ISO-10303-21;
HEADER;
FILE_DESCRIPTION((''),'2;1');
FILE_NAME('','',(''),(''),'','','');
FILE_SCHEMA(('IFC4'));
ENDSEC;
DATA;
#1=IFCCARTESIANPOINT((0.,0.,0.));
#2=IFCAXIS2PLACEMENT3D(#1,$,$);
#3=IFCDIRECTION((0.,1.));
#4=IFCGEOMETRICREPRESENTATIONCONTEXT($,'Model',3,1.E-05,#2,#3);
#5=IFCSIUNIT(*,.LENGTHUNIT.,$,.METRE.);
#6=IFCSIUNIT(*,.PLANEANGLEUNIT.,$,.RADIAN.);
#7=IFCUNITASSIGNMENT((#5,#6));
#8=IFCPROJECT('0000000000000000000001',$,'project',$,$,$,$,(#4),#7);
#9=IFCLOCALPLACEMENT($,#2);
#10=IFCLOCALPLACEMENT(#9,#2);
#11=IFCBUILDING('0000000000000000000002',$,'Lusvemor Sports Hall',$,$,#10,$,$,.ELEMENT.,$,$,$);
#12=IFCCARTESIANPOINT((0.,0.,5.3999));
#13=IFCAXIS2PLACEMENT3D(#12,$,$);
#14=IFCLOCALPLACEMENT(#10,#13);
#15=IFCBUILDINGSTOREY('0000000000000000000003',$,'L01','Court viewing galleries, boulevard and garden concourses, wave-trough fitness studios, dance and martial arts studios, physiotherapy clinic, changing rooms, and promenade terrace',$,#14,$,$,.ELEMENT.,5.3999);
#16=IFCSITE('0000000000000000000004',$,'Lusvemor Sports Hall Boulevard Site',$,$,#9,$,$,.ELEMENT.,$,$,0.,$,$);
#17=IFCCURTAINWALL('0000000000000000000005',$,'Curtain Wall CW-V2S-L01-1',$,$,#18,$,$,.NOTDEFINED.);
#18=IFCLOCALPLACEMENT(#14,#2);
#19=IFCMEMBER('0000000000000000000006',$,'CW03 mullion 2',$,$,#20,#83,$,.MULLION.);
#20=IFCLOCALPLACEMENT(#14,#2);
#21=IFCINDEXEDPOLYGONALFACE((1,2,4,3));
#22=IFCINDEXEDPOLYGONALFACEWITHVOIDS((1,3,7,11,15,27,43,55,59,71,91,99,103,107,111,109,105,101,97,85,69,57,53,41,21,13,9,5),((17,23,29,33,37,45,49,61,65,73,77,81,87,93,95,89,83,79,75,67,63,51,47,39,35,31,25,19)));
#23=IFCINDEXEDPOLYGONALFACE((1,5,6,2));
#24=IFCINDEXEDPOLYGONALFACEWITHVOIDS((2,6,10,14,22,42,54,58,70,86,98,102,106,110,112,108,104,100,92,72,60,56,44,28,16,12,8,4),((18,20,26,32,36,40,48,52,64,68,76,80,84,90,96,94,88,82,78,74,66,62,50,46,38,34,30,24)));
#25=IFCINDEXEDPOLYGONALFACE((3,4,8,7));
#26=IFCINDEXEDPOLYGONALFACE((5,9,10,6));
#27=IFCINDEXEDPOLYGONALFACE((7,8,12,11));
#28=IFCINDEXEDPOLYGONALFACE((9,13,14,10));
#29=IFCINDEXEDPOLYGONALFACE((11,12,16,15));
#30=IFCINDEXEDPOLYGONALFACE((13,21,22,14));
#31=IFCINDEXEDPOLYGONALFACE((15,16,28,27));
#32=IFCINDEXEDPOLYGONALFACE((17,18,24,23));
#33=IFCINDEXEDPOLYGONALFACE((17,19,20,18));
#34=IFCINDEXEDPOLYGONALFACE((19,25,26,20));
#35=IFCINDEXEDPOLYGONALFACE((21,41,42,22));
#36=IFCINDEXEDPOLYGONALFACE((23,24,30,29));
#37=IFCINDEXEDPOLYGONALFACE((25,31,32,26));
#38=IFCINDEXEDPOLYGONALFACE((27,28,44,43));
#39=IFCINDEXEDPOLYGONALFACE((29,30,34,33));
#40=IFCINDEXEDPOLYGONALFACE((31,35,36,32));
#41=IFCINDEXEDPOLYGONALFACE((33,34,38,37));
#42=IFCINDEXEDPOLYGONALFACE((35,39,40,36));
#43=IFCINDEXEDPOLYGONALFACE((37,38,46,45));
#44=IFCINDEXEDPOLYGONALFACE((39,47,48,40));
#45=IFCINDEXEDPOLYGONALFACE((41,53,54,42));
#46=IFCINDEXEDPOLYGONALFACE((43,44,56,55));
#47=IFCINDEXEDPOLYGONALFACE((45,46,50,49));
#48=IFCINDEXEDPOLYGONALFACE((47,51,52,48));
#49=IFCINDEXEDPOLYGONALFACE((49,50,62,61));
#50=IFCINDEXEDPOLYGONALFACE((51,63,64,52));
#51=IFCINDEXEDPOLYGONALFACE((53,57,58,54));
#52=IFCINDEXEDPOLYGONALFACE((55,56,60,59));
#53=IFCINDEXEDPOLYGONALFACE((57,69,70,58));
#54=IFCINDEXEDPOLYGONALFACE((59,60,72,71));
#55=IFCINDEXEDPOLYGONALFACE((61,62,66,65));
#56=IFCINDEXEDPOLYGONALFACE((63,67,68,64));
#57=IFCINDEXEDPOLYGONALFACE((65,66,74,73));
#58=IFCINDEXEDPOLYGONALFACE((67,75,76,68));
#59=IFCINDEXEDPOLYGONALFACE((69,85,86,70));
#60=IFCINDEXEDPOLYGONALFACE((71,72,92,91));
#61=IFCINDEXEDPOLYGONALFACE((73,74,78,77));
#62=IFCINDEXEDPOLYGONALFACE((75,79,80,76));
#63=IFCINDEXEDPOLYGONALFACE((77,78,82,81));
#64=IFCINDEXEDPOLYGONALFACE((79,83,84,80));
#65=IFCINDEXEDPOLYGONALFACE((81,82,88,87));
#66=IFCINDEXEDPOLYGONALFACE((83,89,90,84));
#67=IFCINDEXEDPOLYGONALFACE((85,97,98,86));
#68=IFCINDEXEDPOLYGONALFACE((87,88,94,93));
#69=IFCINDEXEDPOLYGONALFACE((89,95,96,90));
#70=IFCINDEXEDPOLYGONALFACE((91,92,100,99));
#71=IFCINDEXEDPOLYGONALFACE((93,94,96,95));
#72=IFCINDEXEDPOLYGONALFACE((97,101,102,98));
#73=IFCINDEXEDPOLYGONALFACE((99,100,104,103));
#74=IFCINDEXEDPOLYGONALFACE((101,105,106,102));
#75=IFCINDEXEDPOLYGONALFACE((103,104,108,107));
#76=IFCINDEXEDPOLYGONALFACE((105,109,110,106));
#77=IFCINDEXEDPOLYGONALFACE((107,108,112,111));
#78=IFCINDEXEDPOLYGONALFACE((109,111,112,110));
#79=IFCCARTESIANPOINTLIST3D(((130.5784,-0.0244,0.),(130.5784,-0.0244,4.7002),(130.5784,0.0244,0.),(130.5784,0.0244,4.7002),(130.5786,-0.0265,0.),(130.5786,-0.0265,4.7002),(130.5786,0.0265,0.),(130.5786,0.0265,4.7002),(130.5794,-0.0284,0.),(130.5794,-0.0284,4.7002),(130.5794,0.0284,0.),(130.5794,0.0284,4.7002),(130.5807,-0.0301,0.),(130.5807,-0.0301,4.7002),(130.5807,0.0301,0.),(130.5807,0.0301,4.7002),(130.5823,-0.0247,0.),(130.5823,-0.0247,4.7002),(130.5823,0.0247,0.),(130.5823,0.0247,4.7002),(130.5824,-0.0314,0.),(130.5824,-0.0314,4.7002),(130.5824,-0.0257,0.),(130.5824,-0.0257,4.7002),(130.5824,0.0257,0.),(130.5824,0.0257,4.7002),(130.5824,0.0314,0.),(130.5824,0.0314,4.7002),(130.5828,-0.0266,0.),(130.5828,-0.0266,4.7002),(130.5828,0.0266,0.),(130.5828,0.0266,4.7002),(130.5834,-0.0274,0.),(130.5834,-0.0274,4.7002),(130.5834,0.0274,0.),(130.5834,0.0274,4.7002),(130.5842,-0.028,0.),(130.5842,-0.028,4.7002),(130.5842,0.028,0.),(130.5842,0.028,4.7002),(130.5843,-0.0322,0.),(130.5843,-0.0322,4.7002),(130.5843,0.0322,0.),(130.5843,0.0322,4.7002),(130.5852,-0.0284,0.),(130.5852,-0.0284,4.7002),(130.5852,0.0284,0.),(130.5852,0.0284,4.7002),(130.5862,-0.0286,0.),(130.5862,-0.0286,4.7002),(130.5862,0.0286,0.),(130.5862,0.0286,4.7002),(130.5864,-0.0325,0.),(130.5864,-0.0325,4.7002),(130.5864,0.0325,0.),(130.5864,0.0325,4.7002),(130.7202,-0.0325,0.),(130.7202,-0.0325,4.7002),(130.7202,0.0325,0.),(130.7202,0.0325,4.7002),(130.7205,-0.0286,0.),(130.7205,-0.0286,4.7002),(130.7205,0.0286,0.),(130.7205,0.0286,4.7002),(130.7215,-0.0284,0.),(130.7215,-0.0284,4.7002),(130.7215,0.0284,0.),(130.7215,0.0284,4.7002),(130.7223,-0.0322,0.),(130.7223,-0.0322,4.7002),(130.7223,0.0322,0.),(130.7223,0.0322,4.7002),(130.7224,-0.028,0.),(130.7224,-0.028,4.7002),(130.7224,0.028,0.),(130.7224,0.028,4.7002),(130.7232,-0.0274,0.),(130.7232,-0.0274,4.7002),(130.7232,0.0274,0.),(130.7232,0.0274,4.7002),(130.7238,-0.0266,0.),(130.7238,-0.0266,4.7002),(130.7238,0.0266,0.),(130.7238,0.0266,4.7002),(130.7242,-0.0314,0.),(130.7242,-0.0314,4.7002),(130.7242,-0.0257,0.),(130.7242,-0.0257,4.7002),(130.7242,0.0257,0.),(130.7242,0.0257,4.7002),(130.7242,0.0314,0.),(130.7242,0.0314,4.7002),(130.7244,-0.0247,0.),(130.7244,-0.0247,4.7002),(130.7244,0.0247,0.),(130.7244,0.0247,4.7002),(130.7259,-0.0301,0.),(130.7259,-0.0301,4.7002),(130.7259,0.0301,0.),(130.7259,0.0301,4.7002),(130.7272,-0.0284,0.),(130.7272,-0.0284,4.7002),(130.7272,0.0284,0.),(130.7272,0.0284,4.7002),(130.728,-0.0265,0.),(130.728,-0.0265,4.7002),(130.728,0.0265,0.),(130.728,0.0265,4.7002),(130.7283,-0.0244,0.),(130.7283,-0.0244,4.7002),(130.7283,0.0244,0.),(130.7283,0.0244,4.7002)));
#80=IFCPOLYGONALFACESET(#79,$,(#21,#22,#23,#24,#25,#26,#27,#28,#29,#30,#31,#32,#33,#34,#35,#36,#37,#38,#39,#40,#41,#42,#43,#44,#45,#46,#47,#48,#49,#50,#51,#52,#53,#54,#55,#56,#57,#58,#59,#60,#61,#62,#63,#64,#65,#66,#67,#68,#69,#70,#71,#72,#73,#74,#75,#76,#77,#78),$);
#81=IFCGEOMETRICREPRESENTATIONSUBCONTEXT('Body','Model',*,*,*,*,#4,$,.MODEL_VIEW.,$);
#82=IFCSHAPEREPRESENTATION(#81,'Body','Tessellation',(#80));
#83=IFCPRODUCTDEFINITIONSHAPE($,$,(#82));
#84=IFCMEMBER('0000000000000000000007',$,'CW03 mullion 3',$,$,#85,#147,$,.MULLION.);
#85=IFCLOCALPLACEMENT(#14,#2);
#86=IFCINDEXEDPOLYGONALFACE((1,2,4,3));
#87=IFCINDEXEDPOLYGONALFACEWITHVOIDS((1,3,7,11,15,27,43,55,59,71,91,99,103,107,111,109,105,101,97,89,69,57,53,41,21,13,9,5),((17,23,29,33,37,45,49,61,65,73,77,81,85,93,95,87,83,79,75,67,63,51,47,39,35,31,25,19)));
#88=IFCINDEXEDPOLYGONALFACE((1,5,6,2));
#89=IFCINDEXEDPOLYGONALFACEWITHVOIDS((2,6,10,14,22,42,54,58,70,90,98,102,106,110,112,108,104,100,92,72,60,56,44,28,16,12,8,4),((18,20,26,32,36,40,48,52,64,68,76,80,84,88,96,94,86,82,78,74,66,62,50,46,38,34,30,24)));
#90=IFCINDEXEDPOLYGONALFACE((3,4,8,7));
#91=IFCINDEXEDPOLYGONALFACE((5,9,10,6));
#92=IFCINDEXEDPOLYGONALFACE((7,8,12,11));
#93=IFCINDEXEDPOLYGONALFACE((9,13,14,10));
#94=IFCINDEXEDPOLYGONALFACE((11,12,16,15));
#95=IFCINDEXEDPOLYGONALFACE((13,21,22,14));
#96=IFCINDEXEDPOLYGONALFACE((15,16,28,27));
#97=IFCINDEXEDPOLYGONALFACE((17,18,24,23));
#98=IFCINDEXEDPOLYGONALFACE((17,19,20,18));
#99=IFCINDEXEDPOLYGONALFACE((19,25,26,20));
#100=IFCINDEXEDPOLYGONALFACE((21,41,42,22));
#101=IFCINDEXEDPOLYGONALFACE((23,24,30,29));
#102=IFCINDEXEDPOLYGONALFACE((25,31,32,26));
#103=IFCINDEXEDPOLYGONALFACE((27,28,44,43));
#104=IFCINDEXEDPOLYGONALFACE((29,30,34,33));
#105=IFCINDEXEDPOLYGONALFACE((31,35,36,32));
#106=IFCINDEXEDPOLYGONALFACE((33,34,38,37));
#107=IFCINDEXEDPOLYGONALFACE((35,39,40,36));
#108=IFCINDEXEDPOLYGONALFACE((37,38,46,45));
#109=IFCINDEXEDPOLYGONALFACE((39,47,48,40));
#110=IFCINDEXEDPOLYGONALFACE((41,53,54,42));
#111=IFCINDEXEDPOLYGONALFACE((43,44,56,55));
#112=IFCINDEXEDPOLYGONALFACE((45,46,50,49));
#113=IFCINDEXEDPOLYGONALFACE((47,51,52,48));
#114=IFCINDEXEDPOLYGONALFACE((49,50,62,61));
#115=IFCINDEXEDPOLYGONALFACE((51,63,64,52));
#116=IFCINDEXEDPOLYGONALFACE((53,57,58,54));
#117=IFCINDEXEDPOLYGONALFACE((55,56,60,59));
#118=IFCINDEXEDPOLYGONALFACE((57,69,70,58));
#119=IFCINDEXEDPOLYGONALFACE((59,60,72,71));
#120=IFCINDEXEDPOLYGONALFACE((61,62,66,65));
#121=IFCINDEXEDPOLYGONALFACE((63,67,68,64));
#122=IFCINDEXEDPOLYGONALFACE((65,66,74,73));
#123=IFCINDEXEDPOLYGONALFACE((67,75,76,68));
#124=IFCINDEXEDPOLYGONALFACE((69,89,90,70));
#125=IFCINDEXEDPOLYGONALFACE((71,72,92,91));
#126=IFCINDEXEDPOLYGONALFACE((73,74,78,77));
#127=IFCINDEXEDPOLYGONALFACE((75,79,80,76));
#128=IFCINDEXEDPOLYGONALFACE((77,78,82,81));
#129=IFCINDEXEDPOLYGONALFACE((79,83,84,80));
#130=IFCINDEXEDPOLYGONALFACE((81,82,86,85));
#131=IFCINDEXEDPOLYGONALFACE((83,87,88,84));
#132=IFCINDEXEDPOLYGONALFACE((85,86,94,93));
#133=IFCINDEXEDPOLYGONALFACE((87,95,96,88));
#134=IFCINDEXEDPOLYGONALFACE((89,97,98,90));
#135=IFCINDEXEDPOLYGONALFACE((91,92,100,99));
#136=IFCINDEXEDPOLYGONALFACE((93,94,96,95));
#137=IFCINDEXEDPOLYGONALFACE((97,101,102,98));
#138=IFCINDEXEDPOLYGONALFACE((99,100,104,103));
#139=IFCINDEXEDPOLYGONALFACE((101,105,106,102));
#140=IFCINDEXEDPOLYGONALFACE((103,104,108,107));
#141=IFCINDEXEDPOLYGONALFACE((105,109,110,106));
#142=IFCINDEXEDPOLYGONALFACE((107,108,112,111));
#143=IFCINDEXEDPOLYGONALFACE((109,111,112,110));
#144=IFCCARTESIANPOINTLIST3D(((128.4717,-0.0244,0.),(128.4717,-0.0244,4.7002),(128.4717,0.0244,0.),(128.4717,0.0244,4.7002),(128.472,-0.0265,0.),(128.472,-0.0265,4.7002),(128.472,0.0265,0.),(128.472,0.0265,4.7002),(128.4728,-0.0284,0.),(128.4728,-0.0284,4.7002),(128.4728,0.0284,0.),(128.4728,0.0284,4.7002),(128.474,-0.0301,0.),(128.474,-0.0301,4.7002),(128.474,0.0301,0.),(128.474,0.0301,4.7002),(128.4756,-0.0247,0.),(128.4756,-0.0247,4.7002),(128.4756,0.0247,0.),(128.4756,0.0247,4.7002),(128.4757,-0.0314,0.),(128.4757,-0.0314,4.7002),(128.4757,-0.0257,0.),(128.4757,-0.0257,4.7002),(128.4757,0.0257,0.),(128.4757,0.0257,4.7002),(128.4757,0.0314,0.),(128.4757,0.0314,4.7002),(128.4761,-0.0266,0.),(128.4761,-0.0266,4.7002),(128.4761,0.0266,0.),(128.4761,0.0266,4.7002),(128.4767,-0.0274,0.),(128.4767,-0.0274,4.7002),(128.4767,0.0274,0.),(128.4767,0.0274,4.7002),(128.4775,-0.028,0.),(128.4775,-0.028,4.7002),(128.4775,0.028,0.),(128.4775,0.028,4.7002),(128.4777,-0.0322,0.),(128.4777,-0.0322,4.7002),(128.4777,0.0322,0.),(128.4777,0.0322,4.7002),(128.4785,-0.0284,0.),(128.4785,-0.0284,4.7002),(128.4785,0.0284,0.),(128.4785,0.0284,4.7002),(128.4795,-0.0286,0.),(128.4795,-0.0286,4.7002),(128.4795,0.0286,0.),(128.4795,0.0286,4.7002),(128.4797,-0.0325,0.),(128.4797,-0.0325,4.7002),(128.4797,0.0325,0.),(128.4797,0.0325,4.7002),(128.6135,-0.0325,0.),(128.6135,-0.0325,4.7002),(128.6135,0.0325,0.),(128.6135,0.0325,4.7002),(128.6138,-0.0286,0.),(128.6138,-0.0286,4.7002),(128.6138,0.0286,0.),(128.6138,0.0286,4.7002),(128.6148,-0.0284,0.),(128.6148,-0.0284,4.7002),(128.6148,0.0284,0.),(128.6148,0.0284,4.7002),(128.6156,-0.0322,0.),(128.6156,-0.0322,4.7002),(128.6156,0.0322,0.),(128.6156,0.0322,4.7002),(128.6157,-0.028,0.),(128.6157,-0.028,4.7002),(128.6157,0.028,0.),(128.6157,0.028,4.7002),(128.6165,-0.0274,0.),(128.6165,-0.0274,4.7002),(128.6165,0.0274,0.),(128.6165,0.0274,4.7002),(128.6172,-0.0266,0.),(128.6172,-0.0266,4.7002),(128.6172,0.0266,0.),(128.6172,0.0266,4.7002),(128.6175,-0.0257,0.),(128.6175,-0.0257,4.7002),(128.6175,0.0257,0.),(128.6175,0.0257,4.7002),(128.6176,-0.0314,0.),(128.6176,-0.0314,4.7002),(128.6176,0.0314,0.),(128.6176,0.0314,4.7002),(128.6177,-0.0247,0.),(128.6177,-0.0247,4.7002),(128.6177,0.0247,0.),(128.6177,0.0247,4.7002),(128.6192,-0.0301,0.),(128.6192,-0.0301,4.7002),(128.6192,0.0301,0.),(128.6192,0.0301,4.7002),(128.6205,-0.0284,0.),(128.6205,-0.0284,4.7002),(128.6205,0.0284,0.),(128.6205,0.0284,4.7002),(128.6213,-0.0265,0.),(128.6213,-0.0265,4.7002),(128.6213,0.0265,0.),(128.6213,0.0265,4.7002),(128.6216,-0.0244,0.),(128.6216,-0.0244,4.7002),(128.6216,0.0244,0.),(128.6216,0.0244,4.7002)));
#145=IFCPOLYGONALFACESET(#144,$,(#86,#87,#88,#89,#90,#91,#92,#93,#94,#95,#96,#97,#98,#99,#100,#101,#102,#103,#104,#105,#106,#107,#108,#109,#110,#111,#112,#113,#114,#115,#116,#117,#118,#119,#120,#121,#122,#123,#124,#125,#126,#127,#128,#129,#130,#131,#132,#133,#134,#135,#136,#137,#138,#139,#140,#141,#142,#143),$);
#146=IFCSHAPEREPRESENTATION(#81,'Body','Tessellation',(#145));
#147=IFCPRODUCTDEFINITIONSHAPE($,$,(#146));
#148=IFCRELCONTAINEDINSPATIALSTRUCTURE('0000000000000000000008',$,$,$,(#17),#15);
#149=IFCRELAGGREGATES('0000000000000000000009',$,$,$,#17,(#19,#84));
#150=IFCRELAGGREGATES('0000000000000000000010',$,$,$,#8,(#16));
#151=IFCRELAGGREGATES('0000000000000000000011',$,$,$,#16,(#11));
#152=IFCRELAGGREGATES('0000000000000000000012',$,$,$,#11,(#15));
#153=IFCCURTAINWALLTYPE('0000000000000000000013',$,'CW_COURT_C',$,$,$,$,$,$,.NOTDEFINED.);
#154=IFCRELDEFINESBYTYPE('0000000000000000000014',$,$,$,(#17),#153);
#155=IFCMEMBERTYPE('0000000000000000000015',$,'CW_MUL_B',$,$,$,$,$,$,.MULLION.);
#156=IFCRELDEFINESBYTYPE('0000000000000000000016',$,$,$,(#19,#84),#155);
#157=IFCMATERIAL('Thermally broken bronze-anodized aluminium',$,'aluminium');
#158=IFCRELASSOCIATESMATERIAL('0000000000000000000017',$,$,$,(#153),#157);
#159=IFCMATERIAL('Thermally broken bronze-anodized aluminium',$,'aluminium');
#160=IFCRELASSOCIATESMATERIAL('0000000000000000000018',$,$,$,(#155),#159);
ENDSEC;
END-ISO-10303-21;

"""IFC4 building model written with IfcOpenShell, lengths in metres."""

from ifc_helpers import new_model, si_unit, direction, frame, origin, origin_2d, place, context, subcontext, project, spatial, hollow_rectangle, extrude, material, material_profile, profile_set, type_object, element, aggregate, save


model = new_model("IFC4")

# Units and contexts
model_context = context("Model", 3, precision=1e-05, world=origin(), true_north=direction((0.0, 1.0)))
body_context = subcontext(model_context, "Body", "Model", "MODEL_VIEW")
ifc_project = project(units=[si_unit("LENGTHUNIT", "METRE"), si_unit("PLANEANGLEUNIT", "RADIAN")], contexts=[model_context])

# Site, building, storey
site_placement = place(None, origin())
site = spatial("IfcSite", under=ifc_project, at=site_placement, Name="Lusvemor Sports Hall Boulevard Site", CompositionType="ELEMENT", RefElevation=0.0)
building_placement = place(site_placement, origin())
building = spatial("IfcBuilding", under=site, at=building_placement, Name="Lusvemor Sports Hall", CompositionType="ELEMENT")
storey_placement = place(building_placement, frame((0.0, 0.0, 5.3999)))
storey = spatial("IfcBuildingStorey", under=building, at=storey_placement, Name="L01", Description="Court viewing galleries, boulevard and garden concourses, wave-trough fitness studios, dance and martial arts studios, physiotherapy clinic, changing rooms, and promenade terrace", CompositionType="ELEMENT", Elevation=5.3999)

# Curtain wall, members
ifc_material_1 = material(Name="Thermally broken bronze-anodized aluminium", Category="aluminium")
curtain_wall_type = type_object("IfcCurtainWallType", Name="CW_COURT_C", PredefinedType="NOTDEFINED", material=ifc_material_1)
curtain_wall_placement = place(storey_placement, origin())
curtain_wall = element("IfcCurtainWall", 1, at=curtain_wall_placement, inside=storey, type_object=curtain_wall_type, Name="Curtain Wall CW-V2S-L01-1", PredefinedType="NOTDEFINED")
ifc_material_2 = material(Name="Thermally broken bronze-anodized aluminium", Category="aluminium")
ifc_material_profile_1 = material_profile(ifc_material_2, hollow_rectangle(XDim=0.0649, YDim=0.1499, WallThickness=0.0039, InnerFilletRadius=0.0039, OuterFilletRadius=0.0081, at=origin_2d()), Name="CWMUL150x65x4")
ifc_profile_set_1 = profile_set([ifc_material_profile_1], Name="Thermally broken bronze-anodized aluminium")
member_type_1 = type_object("IfcMemberType", Name="CW_MUL_B", PredefinedType="MULLION", material=ifc_profile_set_1)
member_1_placement = place(storey_placement, frame((130.6533, 0.0, 0.0), z_axis=(0.0, 0.0, 1.0), x_axis=(0.0, -1.0, 0.0)))
member_1 = element("IfcMember", 2, at=member_1_placement, type_object=member_type_1, Name="CW03 mullion 2", PredefinedType="MULLION", context=body_context, shape_type="SweptSolid", body=[
    extrude(hollow_rectangle(XDim=0.0649, YDim=0.1499, WallThickness=0.0039, InnerFilletRadius=0.0039, OuterFilletRadius=0.0081, at=origin_2d()), origin(), (0.0, 0.0, 1.0), 4.7002),
])
member_2_placement = place(storey_placement, frame((128.5466, 0.0, 0.0), z_axis=(0.0, 0.0, 1.0), x_axis=(0.0, -1.0, 0.0)))
member_2 = element("IfcMember", 3, at=member_2_placement, type_object=member_type_1, Name="CW03 mullion 3", PredefinedType="MULLION", context=body_context, shape_type="SweptSolid", body=[
    extrude(hollow_rectangle(XDim=0.0649, YDim=0.1499, WallThickness=0.0039, InnerFilletRadius=0.0039, OuterFilletRadius=0.0081, at=origin_2d()), origin(), (0.0, 0.0, 1.0), 4.7002),
])

aggregate(curtain_wall, [member_1, member_2])

save(model, "model.ifc")
